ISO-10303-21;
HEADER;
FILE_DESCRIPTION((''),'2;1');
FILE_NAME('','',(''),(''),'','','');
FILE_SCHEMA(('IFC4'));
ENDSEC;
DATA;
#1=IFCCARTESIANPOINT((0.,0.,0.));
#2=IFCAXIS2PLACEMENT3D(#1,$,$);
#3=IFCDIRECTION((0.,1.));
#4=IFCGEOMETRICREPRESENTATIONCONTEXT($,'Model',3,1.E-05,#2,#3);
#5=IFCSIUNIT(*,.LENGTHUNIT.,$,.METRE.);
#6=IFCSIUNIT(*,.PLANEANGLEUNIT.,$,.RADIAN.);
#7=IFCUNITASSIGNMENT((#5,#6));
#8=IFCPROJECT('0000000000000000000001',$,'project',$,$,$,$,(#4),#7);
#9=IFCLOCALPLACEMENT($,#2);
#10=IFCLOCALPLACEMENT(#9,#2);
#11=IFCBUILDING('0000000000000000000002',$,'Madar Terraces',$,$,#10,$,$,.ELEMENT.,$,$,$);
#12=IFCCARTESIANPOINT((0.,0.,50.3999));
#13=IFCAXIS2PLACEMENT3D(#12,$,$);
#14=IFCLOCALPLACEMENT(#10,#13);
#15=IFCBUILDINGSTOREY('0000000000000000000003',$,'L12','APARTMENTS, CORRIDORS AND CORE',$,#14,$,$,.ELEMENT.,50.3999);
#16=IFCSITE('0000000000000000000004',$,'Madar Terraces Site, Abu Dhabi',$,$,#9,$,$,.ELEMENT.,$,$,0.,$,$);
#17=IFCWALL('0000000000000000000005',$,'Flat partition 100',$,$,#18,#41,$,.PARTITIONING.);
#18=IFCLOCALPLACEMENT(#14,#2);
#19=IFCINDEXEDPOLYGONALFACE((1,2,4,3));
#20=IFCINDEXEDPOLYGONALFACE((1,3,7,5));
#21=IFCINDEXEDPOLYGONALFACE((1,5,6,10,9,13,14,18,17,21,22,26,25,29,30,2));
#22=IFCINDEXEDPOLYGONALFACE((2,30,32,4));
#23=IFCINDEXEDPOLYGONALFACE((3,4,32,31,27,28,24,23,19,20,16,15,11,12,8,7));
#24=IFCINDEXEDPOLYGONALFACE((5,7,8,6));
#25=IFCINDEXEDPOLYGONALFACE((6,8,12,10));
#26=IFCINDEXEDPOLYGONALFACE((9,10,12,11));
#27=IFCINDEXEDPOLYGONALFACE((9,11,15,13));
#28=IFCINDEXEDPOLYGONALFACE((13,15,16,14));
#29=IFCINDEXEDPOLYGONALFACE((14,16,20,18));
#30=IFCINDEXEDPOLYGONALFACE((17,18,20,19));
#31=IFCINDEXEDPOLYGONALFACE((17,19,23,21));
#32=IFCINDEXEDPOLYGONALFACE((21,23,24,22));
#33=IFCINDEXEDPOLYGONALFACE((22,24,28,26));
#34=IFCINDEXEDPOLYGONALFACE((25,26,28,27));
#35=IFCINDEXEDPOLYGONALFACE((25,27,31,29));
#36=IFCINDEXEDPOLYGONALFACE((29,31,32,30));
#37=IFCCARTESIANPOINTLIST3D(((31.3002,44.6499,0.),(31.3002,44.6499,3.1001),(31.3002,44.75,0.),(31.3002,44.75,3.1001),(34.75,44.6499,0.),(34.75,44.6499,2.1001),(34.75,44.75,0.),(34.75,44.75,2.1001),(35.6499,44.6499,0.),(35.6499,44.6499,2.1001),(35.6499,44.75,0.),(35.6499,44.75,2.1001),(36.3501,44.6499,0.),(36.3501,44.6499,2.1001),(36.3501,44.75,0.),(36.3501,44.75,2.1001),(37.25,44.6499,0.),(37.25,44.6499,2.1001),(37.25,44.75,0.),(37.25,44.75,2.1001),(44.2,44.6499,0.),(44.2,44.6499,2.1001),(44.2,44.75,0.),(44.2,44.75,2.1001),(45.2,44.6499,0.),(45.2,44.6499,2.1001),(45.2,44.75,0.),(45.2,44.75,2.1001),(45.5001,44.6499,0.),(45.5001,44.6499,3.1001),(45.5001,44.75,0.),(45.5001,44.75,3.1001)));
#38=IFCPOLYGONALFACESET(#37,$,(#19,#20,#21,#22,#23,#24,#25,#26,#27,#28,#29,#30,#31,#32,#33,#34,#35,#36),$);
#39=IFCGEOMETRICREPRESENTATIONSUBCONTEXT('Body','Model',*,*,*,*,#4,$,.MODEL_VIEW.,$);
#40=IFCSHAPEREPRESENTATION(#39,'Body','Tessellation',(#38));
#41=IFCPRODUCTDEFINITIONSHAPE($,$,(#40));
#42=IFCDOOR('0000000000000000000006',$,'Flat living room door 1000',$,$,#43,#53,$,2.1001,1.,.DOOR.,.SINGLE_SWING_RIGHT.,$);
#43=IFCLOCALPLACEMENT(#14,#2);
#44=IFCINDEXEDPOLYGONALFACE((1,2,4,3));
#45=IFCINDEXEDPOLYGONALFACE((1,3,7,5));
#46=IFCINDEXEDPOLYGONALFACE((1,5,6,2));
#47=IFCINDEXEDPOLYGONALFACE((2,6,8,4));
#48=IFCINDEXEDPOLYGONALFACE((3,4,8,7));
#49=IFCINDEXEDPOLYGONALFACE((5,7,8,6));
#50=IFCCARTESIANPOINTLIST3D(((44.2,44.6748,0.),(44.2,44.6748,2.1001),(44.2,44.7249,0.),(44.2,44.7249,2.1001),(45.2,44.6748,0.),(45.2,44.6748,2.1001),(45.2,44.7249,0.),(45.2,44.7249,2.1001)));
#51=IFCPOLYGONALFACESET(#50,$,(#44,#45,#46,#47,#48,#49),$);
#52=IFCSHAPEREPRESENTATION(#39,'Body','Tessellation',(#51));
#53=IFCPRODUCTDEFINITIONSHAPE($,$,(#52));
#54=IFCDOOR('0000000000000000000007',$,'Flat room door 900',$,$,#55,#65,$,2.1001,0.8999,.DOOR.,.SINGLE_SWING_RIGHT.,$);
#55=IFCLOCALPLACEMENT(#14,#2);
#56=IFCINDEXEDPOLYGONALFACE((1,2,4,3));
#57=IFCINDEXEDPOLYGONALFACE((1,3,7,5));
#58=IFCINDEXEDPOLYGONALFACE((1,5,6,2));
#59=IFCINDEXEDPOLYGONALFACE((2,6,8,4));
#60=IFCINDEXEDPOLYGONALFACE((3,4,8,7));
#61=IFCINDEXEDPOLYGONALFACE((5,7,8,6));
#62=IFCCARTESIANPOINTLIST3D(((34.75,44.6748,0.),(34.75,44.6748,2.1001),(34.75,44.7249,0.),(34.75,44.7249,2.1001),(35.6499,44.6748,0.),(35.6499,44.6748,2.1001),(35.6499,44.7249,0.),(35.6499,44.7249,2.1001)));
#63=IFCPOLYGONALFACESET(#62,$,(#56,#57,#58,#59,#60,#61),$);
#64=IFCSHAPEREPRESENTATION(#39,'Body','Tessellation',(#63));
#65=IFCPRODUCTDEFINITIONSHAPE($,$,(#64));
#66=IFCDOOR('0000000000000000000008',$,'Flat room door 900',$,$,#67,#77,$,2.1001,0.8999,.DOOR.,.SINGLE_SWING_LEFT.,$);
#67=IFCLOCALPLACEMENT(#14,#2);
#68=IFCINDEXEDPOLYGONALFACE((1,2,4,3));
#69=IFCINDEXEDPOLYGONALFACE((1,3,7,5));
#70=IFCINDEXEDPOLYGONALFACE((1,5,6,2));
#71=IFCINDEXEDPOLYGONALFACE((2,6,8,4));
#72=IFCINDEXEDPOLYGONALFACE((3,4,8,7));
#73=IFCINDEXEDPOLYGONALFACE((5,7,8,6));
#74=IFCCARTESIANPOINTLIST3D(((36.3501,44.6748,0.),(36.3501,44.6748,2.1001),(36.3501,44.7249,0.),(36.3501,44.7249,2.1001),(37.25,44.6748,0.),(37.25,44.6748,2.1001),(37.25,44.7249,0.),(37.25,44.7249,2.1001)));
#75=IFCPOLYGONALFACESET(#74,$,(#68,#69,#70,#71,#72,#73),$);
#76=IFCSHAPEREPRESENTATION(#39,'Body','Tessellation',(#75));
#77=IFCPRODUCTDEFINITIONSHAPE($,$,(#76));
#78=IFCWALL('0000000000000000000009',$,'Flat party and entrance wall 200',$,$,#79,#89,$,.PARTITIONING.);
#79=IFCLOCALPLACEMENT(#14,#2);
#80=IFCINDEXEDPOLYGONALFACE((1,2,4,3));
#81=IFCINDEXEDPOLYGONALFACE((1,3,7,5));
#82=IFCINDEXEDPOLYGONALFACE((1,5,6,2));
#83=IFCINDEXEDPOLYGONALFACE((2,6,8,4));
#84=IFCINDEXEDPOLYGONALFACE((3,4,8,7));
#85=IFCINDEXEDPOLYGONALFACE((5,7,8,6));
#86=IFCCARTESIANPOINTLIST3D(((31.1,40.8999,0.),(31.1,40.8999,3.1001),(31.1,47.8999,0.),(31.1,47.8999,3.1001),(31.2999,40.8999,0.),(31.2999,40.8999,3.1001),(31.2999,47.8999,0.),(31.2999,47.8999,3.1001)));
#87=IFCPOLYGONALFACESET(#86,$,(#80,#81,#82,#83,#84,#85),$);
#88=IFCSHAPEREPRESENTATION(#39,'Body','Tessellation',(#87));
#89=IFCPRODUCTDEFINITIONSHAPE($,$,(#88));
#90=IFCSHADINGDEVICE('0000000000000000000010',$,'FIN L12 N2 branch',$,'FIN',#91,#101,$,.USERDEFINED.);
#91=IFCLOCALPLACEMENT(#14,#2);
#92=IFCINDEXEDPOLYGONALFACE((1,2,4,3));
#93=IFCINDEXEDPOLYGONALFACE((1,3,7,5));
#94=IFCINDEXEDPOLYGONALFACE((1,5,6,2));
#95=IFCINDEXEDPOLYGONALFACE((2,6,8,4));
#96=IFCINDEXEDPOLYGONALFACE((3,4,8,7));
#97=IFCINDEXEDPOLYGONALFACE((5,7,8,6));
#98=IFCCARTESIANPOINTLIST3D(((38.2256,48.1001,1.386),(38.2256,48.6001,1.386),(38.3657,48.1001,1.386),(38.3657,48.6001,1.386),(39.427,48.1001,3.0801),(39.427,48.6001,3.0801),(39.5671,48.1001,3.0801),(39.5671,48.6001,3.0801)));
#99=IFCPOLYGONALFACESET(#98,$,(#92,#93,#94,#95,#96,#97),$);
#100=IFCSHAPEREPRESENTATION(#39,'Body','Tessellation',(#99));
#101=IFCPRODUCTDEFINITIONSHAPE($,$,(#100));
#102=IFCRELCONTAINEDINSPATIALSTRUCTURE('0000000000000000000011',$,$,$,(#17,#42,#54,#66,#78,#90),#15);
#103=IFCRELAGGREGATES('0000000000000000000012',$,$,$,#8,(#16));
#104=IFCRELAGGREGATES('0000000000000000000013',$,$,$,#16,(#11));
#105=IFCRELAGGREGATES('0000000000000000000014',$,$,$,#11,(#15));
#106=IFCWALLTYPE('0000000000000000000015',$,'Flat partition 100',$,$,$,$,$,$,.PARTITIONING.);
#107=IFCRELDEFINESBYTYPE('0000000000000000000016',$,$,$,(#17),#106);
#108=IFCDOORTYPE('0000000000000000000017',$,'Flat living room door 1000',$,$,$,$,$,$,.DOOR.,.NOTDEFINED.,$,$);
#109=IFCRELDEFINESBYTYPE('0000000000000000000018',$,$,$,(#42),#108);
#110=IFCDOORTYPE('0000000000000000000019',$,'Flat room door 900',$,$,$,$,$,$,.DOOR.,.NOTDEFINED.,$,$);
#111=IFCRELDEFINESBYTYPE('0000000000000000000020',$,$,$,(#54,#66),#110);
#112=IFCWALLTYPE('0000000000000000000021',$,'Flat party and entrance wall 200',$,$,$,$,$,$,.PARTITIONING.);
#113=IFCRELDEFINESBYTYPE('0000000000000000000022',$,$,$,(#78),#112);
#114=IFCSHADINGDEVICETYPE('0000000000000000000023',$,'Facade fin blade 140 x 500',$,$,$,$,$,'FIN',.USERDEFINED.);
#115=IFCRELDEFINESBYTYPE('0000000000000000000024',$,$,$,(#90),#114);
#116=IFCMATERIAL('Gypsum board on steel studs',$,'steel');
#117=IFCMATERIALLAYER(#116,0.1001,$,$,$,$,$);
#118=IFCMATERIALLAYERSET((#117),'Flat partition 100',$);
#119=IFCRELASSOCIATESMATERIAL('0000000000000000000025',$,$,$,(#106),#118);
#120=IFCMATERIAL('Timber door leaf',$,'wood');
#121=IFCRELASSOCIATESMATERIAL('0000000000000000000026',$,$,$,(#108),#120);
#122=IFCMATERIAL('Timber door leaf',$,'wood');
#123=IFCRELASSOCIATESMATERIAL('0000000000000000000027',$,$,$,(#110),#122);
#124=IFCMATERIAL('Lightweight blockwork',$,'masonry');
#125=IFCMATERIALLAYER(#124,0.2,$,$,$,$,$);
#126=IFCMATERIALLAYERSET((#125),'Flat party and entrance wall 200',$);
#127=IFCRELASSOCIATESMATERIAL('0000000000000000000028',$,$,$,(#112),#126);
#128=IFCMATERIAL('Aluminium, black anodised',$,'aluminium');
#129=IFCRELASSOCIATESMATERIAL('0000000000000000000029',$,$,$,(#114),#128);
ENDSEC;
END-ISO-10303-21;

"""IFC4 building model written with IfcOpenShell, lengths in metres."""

from ifc_helpers import new_model, si_unit, direction, frame, frame_2d, origin, place, context, subcontext, project, spatial, polyline, rectangle, outline, extrude, material, layer, layer_set, type_object, element, fill, save


model = new_model("IFC4")

# Units and contexts
model_context = context("Model", 3, precision=1e-05, world=origin(), true_north=direction((0.0, 1.0)))
body_context = subcontext(model_context, "Body", "Model", "MODEL_VIEW")
ifc_project = project(units=[si_unit("LENGTHUNIT", "METRE"), si_unit("PLANEANGLEUNIT", "RADIAN")], contexts=[model_context])

# Site, building, storey
site_placement = place(None, origin())
site = spatial("IfcSite", under=ifc_project, at=site_placement, Name="Madar Terraces Site, Abu Dhabi", CompositionType="ELEMENT", RefElevation=0.0)
building_placement = place(site_placement, origin())
building = spatial("IfcBuilding", under=site, at=building_placement, Name="Madar Terraces", CompositionType="ELEMENT")
storey_placement = place(building_placement, frame((0.0, 0.0, 50.3999)))
storey = spatial("IfcBuildingStorey", under=building, at=storey_placement, Name="L12", Description="APARTMENTS, CORRIDORS AND CORE", CompositionType="ELEMENT", Elevation=50.3999)

# Shared definitions
ifc_material_1 = material(Name="Gypsum board on steel studs", Category="steel")
ifc_layer_1 = layer(ifc_material_1, 0.1001)
ifc_layer_set_1 = layer_set([ifc_layer_1], Name="Flat partition 100")
wall_type_1 = type_object("IfcWallType", Name="Flat partition 100", PredefinedType="PARTITIONING", material=ifc_layer_set_1)

# Wall, openings, doors
wall_1_placement = place(storey_placement, frame((31.3, 44.7, 0.0), z_axis=(0.0, 0.0, 1.0), x_axis=(1.0, 0.0, 0.0)))
wall_1 = element("IfcWall", 1, at=wall_1_placement, inside=storey, type_object=wall_type_1, Name="Flat partition 100", PredefinedType="PARTITIONING", context=body_context, shape_type="SweptSolid", body=[
    extrude(rectangle(XDim=14.2, YDim=0.1001, at=frame_2d((7.1001, 0.0))), origin(), (0.0, 0.0, 1.0), 3.1001),
])
opening_1_placement = place(wall_1_placement, frame((3.45, 0.0, 0.0)))
opening_1 = element("IfcOpeningElement", 2, at=opening_1_placement, cuts=wall_1, PredefinedType="OPENING", context=body_context, shape_type="SweptSolid", body=[
    extrude(rectangle(XDim=0.8999, YDim=2.1001, at=frame_2d((0.45, 1.05))), frame((0.0, 0.0601, 0.0), z_axis=(0.0, -1.0, 0.0), x_axis=(1.0, 0.0, 0.0)), (0.0, 0.0, 1.0), 0.1201),
])
opening_2_placement = place(wall_1_placement, frame((5.05, 0.0, 0.0)))
opening_2 = element("IfcOpeningElement", 3, at=opening_2_placement, cuts=wall_1, PredefinedType="OPENING", context=body_context, shape_type="SweptSolid", body=[
    extrude(rectangle(XDim=0.8999, YDim=2.1001, at=frame_2d((0.45, 1.05))), frame((0.0, 0.0601, 0.0), z_axis=(0.0, -1.0, 0.0), x_axis=(1.0, 0.0, 0.0)), (0.0, 0.0, 1.0), 0.1201),
])
opening_3_placement = place(wall_1_placement, frame((12.8999, 0.0, 0.0)))
opening_3 = element("IfcOpeningElement", 4, at=opening_3_placement, cuts=wall_1, PredefinedType="OPENING", context=body_context, shape_type="SweptSolid", body=[
    extrude(rectangle(XDim=1.0, YDim=2.1001, at=frame_2d((0.5, 1.05))), frame((0.0, 0.0601, 0.0), z_axis=(0.0, -1.0, 0.0), x_axis=(1.0, 0.0, 0.0)), (0.0, 0.0, 1.0), 0.1201),
])
ifc_material_2 = material(Name="Timber door leaf", Category="wood")
door_type_1 = type_object("IfcDoorType", Name="Flat living room door 1000", OperationType="NOTDEFINED", PredefinedType="DOOR", material=ifc_material_2)
door_1_placement = place(opening_3_placement, origin())
door_1 = element("IfcDoor", 5, at=door_1_placement, inside=storey, type_object=door_type_1, Name="Flat living room door 1000", OperationType="SINGLE_SWING_RIGHT", OverallHeight=2.1001, OverallWidth=1.0, PredefinedType="DOOR", context=body_context, shape_type="SweptSolid", body=[
    extrude(rectangle(XDim=1.0, YDim=2.1001, at=frame_2d((0.5, 1.05))), frame((0.0, 0.0249, 0.0), z_axis=(0.0, -1.0, 0.0), x_axis=(1.0, 0.0, 0.0)), (0.0, 0.0, 1.0), 0.05),
])
fill(opening_3, door_1)
ifc_material_3 = material(Name="Timber door leaf", Category="wood")
door_type_2 = type_object("IfcDoorType", Name="Flat room door 900", OperationType="NOTDEFINED", PredefinedType="DOOR", material=ifc_material_3)
door_2_placement = place(opening_1_placement, origin())
door_2 = element("IfcDoor", 6, at=door_2_placement, inside=storey, type_object=door_type_2, Name="Flat room door 900", OperationType="SINGLE_SWING_RIGHT", OverallHeight=2.1001, OverallWidth=0.8999, PredefinedType="DOOR", context=body_context, shape_type="SweptSolid", body=[
    extrude(rectangle(XDim=0.8999, YDim=2.1001, at=frame_2d((0.45, 1.05))), frame((0.0, 0.0249, 0.0), z_axis=(0.0, -1.0, 0.0), x_axis=(1.0, 0.0, 0.0)), (0.0, 0.0, 1.0), 0.05),
])
fill(opening_1, door_2)
door_3_placement = place(opening_2_placement, origin())
door_3 = element("IfcDoor", 7, at=door_3_placement, inside=storey, type_object=door_type_2, Name="Flat room door 900", OperationType="SINGLE_SWING_LEFT", OverallHeight=2.1001, OverallWidth=0.8999, PredefinedType="DOOR", context=body_context, shape_type="SweptSolid", body=[
    extrude(rectangle(XDim=0.8999, YDim=2.1001, at=frame_2d((0.45, 1.05))), frame((0.0, 0.0249, 0.0), z_axis=(0.0, -1.0, 0.0), x_axis=(1.0, 0.0, 0.0)), (0.0, 0.0, 1.0), 0.05),
])
fill(opening_2, door_3)

# Wall
ifc_material_4 = material(Name="Lightweight blockwork", Category="masonry")
ifc_layer_2 = layer(ifc_material_4, 0.2)
ifc_layer_set_2 = layer_set([ifc_layer_2], Name="Flat party and entrance wall 200")
wall_type_2 = type_object("IfcWallType", Name="Flat party and entrance wall 200", PredefinedType="PARTITIONING", material=ifc_layer_set_2)
wall_2_placement = place(storey_placement, frame((31.2, 47.8999, 0.0), z_axis=(0.0, 0.0, 1.0), x_axis=(0.0, -1.0, 0.0)))
element("IfcWall", 8, at=wall_2_placement, inside=storey, type_object=wall_type_2, Name="Flat party and entrance wall 200", PredefinedType="PARTITIONING", context=body_context, shape_type="SweptSolid", body=[
    extrude(rectangle(XDim=7.0, YDim=0.2, at=frame_2d((3.5, 0.0))), origin(), (0.0, 0.0, 1.0), 3.1001),
])

# Shading device
ifc_material_5 = material(Name="Aluminium, black anodised", Category="aluminium")
shading_device_type = type_object("IfcShadingDeviceType", Name="Facade fin blade 140 x 500", ElementType="FIN", PredefinedType="USERDEFINED", material=ifc_material_5)
shading_device_placement = place(storey_placement, frame((38.3657, 48.3501, 1.386), z_axis=(0.0, 0.0, 1.0), x_axis=(-1.0, 0.0, 0.0)))
element("IfcShadingDevice", 9, at=shading_device_placement, inside=storey, type_object=shading_device_type, Name="FIN L12 N2 branch", ObjectType="FIN", PredefinedType="USERDEFINED", context=body_context, shape_type="SweptSolid", body=[
    extrude(outline(polyline([(0.0, 0.0), (0.1401, 0.0), (-1.0613, 1.6941), (-1.2014, 1.6941), (0.0, 0.0)])), frame((0.0, 0.25, 0.0), z_axis=(0.0, -1.0, 0.0), x_axis=(1.0, 0.0, 0.0)), (0.0, 0.0, 1.0), 0.5),
])

save(model, "model.ifc")
